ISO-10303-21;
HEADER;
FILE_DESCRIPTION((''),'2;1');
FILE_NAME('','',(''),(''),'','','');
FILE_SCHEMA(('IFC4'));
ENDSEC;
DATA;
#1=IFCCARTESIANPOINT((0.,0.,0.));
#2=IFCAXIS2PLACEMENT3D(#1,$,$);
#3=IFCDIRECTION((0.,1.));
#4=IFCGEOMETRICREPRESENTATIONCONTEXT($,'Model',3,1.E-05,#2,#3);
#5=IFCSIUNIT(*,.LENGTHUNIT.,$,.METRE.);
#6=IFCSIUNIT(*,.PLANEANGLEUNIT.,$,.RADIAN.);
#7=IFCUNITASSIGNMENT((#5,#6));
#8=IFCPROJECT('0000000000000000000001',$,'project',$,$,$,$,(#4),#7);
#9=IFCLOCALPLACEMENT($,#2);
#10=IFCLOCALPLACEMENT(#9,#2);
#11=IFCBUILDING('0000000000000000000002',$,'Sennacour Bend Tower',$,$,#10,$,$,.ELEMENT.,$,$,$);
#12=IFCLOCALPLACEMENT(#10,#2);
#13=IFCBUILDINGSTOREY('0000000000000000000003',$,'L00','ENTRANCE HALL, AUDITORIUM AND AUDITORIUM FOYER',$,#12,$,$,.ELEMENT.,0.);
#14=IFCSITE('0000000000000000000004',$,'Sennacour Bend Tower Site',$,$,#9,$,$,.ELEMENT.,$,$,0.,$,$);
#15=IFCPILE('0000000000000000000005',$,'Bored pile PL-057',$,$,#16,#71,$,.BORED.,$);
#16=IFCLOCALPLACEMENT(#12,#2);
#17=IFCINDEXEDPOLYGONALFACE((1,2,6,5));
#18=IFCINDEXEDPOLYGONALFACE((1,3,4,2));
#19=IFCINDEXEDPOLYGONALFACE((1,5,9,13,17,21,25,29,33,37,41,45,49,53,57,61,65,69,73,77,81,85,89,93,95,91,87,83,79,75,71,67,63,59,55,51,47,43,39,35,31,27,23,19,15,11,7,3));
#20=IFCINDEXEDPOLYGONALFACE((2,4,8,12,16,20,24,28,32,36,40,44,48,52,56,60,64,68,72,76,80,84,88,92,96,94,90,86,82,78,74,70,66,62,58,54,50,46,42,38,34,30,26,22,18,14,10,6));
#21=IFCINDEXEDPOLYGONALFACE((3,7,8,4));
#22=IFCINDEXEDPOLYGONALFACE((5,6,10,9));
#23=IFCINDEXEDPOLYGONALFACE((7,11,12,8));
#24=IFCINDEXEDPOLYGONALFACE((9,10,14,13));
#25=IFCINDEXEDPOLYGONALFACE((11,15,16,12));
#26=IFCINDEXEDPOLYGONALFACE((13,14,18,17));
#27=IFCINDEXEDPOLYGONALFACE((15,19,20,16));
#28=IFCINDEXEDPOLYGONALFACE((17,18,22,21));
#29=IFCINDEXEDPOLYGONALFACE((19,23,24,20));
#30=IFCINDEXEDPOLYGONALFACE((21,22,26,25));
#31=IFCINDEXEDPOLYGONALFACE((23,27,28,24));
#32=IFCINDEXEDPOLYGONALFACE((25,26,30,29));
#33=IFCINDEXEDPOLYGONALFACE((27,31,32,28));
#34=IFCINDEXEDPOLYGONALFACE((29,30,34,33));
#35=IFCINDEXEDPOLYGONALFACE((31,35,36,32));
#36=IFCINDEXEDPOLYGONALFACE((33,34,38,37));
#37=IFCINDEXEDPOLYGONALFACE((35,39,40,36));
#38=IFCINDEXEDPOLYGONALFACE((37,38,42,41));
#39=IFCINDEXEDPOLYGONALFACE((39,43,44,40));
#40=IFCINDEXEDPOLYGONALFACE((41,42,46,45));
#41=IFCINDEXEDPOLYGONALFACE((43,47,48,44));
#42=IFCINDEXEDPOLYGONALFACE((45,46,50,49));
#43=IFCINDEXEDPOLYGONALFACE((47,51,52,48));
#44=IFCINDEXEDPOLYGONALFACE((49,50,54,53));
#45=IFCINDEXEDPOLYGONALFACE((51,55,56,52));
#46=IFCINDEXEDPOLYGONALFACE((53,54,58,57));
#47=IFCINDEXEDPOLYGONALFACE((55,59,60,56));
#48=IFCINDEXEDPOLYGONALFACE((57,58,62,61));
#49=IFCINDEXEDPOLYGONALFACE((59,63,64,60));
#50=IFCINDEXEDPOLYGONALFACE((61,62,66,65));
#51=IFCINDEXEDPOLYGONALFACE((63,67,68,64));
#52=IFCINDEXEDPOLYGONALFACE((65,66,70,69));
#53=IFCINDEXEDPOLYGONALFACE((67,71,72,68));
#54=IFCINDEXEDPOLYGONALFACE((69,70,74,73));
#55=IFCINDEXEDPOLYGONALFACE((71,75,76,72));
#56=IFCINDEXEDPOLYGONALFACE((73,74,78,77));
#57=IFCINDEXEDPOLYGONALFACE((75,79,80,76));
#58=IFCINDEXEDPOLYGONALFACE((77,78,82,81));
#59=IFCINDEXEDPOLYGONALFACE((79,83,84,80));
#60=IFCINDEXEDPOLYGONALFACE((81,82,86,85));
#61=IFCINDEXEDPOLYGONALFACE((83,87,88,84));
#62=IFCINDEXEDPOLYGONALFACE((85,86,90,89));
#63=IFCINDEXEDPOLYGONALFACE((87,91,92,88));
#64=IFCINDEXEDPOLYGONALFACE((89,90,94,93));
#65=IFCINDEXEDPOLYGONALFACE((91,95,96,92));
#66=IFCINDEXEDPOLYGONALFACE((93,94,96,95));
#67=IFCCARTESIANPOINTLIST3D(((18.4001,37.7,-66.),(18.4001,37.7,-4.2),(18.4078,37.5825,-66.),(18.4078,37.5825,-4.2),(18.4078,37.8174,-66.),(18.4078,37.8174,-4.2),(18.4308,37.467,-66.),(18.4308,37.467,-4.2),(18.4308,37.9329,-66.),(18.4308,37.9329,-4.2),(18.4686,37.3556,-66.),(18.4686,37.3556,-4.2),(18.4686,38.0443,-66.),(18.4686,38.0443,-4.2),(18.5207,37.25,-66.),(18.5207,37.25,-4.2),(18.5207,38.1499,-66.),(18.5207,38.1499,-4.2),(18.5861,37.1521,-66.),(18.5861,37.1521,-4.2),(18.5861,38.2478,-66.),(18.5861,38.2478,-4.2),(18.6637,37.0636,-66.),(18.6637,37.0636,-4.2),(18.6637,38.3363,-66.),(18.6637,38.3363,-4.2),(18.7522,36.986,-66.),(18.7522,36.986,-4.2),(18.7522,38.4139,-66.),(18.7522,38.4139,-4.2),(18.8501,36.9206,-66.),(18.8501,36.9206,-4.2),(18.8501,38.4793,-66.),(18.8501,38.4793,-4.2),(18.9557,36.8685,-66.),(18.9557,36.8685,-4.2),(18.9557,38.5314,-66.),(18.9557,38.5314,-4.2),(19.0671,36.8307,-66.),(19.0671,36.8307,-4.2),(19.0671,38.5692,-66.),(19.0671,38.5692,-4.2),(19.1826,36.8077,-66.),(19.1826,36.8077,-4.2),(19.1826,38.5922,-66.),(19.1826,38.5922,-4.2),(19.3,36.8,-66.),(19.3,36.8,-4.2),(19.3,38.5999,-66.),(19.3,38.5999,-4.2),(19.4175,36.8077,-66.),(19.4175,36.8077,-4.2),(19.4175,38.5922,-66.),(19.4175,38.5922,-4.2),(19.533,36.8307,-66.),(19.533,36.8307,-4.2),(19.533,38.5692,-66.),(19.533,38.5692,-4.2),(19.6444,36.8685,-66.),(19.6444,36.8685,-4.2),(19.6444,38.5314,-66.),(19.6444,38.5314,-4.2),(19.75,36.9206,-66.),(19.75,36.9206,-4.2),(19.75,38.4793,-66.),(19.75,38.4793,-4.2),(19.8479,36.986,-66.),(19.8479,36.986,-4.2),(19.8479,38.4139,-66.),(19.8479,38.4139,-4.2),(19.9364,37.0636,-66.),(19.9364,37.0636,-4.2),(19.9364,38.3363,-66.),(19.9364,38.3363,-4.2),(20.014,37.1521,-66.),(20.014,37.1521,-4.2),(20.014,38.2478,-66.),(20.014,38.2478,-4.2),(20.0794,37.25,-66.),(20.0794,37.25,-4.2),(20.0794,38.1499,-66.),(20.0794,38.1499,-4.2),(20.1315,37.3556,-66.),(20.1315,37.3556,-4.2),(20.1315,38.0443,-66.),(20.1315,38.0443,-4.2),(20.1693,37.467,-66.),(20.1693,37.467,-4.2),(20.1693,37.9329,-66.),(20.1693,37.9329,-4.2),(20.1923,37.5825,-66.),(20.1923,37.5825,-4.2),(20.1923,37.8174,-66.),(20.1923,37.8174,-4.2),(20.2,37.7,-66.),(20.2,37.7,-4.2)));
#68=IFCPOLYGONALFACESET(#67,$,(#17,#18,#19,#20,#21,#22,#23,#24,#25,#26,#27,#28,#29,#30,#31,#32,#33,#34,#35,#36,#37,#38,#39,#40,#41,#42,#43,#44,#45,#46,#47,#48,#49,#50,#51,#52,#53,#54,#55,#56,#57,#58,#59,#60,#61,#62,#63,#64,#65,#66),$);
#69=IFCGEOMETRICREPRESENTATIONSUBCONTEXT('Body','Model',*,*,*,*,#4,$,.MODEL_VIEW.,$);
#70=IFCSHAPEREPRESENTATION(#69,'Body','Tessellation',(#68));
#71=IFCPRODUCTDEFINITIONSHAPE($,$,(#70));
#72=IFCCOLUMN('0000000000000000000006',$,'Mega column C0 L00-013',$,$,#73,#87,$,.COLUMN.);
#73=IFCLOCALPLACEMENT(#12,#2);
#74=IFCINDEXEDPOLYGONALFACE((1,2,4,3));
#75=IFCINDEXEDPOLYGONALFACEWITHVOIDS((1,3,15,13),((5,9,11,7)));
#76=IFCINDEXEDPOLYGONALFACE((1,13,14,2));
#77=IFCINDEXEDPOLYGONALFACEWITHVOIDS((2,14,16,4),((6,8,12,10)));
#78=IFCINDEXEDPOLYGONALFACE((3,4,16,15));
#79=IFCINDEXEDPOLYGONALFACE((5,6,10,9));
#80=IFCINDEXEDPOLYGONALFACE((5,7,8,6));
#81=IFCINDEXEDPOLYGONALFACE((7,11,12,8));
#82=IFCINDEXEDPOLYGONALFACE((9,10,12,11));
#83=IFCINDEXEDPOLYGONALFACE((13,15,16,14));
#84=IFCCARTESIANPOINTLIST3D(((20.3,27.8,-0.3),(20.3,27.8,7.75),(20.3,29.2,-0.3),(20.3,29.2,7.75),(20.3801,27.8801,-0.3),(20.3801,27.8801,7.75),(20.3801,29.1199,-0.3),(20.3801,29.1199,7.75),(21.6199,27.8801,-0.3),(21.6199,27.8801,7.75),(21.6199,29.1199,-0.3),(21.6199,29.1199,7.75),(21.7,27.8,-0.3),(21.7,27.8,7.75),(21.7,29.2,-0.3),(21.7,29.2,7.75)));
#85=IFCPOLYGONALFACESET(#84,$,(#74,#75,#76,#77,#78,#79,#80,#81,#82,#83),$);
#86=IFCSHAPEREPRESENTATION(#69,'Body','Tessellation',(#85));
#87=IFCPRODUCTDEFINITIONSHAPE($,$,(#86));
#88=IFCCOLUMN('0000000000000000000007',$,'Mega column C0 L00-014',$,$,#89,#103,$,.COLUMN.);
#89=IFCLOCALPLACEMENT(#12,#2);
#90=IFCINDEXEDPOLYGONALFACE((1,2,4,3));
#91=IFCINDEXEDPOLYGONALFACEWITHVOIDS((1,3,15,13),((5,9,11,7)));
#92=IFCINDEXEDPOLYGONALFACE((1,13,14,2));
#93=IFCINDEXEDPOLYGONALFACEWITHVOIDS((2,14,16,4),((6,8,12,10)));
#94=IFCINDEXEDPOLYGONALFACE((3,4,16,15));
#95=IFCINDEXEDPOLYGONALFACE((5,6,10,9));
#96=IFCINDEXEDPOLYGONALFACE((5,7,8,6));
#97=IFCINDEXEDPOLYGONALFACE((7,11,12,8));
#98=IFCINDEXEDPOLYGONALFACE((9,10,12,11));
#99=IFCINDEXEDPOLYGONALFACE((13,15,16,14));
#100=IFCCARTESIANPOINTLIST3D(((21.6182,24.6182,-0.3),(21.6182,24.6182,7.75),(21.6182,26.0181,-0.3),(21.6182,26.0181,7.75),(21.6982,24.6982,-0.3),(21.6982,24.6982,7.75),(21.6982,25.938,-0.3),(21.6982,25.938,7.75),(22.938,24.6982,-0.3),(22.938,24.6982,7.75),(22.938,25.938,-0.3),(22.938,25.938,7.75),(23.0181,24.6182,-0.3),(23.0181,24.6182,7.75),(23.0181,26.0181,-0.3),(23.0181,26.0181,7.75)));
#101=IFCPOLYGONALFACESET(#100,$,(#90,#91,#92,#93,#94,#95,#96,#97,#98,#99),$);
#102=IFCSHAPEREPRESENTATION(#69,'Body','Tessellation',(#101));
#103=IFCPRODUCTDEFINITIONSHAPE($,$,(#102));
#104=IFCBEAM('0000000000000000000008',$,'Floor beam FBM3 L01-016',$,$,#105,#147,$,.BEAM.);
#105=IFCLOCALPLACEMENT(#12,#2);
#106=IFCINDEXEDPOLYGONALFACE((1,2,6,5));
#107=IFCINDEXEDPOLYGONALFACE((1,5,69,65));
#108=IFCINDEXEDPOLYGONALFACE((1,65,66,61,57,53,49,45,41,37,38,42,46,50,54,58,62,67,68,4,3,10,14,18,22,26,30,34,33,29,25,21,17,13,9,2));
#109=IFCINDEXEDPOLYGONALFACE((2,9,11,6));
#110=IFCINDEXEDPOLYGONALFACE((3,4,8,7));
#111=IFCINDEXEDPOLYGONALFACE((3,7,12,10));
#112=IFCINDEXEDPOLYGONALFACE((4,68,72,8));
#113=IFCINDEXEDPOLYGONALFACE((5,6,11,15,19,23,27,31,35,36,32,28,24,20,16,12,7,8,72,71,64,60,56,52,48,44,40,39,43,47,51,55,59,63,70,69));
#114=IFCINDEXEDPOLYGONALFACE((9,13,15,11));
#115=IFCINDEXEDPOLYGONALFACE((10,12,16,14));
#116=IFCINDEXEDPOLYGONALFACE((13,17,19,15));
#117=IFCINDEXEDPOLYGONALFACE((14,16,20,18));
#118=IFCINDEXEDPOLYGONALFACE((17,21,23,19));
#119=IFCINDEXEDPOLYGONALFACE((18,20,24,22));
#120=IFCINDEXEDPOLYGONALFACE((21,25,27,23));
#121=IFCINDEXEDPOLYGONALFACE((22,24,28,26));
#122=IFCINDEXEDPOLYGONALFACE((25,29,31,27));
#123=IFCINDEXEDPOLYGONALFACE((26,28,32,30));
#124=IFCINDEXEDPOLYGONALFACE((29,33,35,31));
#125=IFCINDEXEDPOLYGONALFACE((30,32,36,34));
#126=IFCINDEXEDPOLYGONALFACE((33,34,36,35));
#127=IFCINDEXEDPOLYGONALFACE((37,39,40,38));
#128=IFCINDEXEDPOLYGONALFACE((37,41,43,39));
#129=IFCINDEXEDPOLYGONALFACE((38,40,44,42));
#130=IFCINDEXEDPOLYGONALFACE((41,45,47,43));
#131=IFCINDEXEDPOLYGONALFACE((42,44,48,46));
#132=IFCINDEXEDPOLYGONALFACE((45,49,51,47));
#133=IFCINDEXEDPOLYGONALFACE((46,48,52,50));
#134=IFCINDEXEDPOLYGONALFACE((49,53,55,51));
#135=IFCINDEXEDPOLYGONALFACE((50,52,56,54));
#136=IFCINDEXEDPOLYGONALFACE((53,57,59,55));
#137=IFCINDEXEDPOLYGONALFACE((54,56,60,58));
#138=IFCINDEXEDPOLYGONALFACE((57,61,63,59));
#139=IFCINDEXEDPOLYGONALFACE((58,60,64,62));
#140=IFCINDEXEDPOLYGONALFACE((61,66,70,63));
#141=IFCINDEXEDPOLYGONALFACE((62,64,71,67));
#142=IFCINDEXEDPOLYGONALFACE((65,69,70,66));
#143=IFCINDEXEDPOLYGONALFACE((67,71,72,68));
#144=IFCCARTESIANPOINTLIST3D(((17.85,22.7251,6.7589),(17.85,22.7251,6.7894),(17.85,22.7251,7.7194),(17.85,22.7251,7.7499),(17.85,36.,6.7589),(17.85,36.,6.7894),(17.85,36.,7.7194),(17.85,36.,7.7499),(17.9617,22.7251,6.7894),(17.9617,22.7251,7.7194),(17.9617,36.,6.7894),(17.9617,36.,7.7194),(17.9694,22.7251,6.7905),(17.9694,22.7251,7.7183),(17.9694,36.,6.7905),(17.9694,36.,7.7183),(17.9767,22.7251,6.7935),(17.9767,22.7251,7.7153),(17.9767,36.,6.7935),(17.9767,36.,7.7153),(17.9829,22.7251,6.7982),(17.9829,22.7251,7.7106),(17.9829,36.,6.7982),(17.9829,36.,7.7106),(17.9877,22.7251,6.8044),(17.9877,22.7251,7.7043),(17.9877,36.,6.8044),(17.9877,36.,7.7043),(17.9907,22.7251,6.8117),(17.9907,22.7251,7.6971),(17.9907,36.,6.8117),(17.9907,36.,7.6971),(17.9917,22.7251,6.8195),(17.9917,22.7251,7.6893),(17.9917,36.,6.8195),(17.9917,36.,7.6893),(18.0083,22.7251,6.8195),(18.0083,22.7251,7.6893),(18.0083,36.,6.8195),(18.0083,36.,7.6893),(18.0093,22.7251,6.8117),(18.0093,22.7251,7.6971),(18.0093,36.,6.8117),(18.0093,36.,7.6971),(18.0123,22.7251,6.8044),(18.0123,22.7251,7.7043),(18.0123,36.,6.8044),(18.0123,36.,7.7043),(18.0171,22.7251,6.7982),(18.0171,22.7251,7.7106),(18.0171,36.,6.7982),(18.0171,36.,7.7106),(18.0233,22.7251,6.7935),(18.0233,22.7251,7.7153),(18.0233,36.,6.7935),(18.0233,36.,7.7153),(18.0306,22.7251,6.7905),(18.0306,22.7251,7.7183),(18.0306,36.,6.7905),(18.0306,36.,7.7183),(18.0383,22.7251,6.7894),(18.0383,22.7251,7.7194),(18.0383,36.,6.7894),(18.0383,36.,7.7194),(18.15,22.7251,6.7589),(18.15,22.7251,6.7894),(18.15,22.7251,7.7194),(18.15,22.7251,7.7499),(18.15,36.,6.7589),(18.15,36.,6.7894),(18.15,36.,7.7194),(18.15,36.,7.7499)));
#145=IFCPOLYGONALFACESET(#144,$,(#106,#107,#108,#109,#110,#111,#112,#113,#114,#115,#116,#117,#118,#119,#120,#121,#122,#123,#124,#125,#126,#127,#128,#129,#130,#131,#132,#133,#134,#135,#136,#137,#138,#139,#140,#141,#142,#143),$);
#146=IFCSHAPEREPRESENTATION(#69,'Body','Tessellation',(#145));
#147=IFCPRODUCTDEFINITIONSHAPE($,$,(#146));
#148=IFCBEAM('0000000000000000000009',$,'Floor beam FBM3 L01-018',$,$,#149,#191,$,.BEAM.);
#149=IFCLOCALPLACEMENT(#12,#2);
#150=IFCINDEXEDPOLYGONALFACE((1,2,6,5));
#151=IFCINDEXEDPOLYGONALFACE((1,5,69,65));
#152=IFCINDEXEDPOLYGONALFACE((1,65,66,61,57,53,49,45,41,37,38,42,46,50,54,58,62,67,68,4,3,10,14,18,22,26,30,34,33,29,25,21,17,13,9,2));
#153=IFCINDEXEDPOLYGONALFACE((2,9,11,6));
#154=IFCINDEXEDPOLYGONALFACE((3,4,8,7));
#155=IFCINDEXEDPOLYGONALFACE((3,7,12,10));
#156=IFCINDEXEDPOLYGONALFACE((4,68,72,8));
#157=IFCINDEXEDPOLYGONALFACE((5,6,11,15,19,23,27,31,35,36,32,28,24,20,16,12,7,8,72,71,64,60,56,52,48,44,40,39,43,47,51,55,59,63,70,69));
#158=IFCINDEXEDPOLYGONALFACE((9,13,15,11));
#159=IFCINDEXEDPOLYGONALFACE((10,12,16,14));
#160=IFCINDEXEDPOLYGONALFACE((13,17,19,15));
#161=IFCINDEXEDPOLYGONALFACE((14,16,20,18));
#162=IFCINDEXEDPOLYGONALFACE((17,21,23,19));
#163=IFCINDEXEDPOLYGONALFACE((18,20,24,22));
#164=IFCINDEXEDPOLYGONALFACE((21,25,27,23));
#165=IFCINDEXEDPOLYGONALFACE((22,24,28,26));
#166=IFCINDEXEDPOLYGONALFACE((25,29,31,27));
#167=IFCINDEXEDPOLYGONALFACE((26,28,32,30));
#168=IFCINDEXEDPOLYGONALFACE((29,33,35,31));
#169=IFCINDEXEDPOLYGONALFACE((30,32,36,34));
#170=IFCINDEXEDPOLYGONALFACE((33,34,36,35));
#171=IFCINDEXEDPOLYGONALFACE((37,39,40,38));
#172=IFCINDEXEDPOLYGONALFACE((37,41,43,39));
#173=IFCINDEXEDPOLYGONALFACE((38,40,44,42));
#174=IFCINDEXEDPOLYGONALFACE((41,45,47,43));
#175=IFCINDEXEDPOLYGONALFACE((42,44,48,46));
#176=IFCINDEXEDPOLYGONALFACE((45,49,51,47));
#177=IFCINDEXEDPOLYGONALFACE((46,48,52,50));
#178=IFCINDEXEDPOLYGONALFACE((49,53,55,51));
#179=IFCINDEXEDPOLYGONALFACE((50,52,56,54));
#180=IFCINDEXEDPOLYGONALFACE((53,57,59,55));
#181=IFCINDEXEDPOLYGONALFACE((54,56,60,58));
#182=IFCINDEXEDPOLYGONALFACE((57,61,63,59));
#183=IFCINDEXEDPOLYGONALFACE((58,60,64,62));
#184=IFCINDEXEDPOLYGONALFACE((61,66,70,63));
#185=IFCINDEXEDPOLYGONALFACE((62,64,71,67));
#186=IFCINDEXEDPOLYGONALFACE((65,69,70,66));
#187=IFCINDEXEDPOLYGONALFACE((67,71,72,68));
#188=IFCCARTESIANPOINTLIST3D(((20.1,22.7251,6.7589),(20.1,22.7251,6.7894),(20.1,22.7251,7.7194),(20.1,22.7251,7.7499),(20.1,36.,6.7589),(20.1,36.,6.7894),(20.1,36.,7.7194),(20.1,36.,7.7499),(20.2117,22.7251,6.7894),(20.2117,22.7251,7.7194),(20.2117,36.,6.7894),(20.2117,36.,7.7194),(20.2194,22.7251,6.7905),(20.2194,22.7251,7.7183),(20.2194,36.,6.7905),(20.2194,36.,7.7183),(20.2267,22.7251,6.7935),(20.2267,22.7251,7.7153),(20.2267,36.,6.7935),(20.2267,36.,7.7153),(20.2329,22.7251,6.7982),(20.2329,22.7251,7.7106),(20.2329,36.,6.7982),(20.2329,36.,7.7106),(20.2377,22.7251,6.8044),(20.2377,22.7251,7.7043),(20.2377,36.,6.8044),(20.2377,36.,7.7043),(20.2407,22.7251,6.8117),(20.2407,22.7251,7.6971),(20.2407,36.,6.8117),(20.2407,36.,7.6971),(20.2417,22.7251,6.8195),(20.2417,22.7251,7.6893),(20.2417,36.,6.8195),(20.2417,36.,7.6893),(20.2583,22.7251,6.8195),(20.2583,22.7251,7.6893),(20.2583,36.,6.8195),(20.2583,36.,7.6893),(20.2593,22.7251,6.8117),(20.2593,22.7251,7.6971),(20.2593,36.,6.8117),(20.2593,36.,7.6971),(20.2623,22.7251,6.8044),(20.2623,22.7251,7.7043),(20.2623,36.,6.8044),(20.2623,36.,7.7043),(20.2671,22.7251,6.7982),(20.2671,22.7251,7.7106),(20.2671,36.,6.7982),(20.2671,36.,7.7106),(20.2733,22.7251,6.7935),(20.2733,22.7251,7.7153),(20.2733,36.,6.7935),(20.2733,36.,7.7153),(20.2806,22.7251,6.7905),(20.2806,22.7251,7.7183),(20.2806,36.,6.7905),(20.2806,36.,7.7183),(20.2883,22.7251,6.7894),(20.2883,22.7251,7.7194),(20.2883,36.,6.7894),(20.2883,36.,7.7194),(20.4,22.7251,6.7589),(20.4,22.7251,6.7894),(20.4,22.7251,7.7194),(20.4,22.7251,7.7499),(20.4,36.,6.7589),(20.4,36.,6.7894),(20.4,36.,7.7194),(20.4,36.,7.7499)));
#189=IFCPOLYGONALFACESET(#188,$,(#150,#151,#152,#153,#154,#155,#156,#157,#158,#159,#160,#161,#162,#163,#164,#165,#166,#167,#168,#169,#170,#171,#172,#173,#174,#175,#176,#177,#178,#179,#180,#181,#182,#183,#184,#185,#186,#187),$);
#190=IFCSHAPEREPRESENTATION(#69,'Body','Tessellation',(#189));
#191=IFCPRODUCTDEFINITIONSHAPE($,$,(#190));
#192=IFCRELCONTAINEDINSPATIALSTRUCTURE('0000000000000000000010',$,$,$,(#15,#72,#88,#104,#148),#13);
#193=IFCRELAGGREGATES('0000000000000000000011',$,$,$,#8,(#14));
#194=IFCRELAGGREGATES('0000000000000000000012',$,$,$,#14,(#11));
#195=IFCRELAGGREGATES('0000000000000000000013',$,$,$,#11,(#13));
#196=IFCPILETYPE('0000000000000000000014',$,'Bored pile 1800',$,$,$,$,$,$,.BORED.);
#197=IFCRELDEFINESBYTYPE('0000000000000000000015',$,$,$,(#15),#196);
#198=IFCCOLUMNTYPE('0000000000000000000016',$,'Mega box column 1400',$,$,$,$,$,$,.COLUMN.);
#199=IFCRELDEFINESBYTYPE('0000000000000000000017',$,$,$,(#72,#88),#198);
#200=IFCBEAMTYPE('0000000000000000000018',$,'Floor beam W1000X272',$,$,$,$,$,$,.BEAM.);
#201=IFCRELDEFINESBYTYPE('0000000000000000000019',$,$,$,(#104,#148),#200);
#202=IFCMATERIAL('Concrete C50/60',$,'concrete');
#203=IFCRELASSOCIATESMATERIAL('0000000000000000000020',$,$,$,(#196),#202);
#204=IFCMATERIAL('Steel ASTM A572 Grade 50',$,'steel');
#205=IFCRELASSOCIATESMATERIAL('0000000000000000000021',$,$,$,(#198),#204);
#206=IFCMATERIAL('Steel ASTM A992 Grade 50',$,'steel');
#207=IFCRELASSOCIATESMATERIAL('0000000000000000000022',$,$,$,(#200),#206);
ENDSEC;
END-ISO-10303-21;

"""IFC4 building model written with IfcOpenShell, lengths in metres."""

from ifc_helpers import new_model, si_unit, direction, frame, origin, origin_2d, place, context, subcontext, project, spatial, hollow_rectangle, circle, i_section, extrude, material, material_profile, profile_set, type_object, element, save


model = new_model("IFC4")

# Units and contexts
model_context = context("Model", 3, precision=1e-05, world=origin(), true_north=direction((0.0, 1.0)))
body_context = subcontext(model_context, "Body", "Model", "MODEL_VIEW")
ifc_project = project(units=[si_unit("LENGTHUNIT", "METRE"), si_unit("PLANEANGLEUNIT", "RADIAN")], contexts=[model_context])

# Site, building, storey
site_placement = place(None, origin())
site = spatial("IfcSite", under=ifc_project, at=site_placement, Name="Sennacour Bend Tower Site", CompositionType="ELEMENT", RefElevation=0.0)
building_placement = place(site_placement, origin())
building = spatial("IfcBuilding", under=site, at=building_placement, Name="Sennacour Bend Tower", CompositionType="ELEMENT")
storey_placement = place(building_placement, origin())
storey = spatial("IfcBuildingStorey", under=building, at=storey_placement, Name="L00", Description="ENTRANCE HALL, AUDITORIUM AND AUDITORIUM FOYER", CompositionType="ELEMENT", Elevation=0.0)

# Pile
ifc_material_1 = material(Name="Concrete C50/60", Category="concrete")
ifc_material_profile_1 = material_profile(ifc_material_1, circle(Radius=0.8999, at=origin_2d()), Name="Concrete C50/60", Category="concrete")
ifc_profile_set_1 = profile_set([ifc_material_profile_1], Name="Concrete C50/60")
pile_type = type_object("IfcPileType", Name="Bored pile 1800", PredefinedType="BORED", material=ifc_profile_set_1)
for number, where, z_axis, x_axis, name in (
    (1, (19.3, 37.7, -4.2), (0.0, 0.0, -1.0), (1.0, 0.0, 0.0), "Bored pile PL-057"),
):
    element("IfcPile", number, at=place(storey_placement, frame(where, z_axis=z_axis, x_axis=x_axis)), inside=storey, type_object=pile_type, Name=name, PredefinedType="BORED", context=body_context, shape_type="SweptSolid", body=[
        extrude(circle(Radius=0.8999, at=origin_2d()), origin(), (0.0, 0.0, 1.0), 61.8),
    ])

# Columns
ifc_material_2 = material(Name="Steel ASTM A572 Grade 50", Category="steel")
ifc_material_profile_2 = material_profile(ifc_material_2, hollow_rectangle(XDim=1.3999, YDim=1.3999, WallThickness=0.0801, at=origin_2d()), Name="Steel ASTM A572 Grade 50", Category="steel")
ifc_profile_set_2 = profile_set([ifc_material_profile_2], Name="Steel ASTM A572 Grade 50")
column_type = type_object("IfcColumnType", Name="Mega box column 1400", PredefinedType="COLUMN", material=ifc_profile_set_2)
for number, where, z_axis, x_axis, name in (
    (2, (21.0, 28.5, -0.3), (0.0, 0.0, 1.0), (1.0, 0.0, 0.0), "Mega column C0 L00-013"),
    (3, (22.3181, 25.3181, -0.3), (0.0, 0.0, 1.0), (1.0, 0.0, 0.0), "Mega column C0 L00-014"),
):
    element("IfcColumn", number, at=place(storey_placement, frame(where, z_axis=z_axis, x_axis=x_axis)), inside=storey, type_object=column_type, Name=name, PredefinedType="COLUMN", context=body_context, shape_type="SweptSolid", body=[
        extrude(hollow_rectangle(XDim=1.3999, YDim=1.3999, WallThickness=0.0801, at=origin_2d()), origin(), (0.0, 0.0, 1.0), 8.05),
    ])

# Beams
ifc_material_3 = material(Name="Steel ASTM A992 Grade 50", Category="steel")
ifc_material_profile_3 = material_profile(ifc_material_3, i_section(OverallWidth=0.3, OverallDepth=0.991, WebThickness=0.0166, FlangeThickness=0.0305, FilletRadius=0.03, at=origin_2d()), Name="Steel ASTM A992 Grade 50", Category="steel")
ifc_profile_set_3 = profile_set([ifc_material_profile_3], Name="Steel ASTM A992 Grade 50")
beam_type_1 = type_object("IfcBeamType", Name="Floor beam W1000X272", PredefinedType="BEAM", material=ifc_profile_set_3)
for number, where, z_axis, x_axis, name in (
    (4, (18.0, 22.7251, 7.2544), (0.0, 1.0, 0.0), (-1.0, 0.0, 0.0), "Floor beam FBM3 L01-016"),
    (5, (20.25, 22.7251, 7.2544), (0.0, 1.0, 0.0), (-1.0, 0.0, 0.0), "Floor beam FBM3 L01-018"),
):
    element("IfcBeam", number, at=place(storey_placement, frame(where, z_axis=z_axis, x_axis=x_axis)), inside=storey, type_object=beam_type_1, Name=name, PredefinedType="BEAM", context=body_context, shape_type="SweptSolid", body=[
        extrude(i_section(OverallWidth=0.3, OverallDepth=0.991, WebThickness=0.0166, FlangeThickness=0.0305, FilletRadius=0.03, at=origin_2d()), origin(), (0.0, 0.0, 1.0), 13.2749),
    ])

save(model, "model.ifc")
